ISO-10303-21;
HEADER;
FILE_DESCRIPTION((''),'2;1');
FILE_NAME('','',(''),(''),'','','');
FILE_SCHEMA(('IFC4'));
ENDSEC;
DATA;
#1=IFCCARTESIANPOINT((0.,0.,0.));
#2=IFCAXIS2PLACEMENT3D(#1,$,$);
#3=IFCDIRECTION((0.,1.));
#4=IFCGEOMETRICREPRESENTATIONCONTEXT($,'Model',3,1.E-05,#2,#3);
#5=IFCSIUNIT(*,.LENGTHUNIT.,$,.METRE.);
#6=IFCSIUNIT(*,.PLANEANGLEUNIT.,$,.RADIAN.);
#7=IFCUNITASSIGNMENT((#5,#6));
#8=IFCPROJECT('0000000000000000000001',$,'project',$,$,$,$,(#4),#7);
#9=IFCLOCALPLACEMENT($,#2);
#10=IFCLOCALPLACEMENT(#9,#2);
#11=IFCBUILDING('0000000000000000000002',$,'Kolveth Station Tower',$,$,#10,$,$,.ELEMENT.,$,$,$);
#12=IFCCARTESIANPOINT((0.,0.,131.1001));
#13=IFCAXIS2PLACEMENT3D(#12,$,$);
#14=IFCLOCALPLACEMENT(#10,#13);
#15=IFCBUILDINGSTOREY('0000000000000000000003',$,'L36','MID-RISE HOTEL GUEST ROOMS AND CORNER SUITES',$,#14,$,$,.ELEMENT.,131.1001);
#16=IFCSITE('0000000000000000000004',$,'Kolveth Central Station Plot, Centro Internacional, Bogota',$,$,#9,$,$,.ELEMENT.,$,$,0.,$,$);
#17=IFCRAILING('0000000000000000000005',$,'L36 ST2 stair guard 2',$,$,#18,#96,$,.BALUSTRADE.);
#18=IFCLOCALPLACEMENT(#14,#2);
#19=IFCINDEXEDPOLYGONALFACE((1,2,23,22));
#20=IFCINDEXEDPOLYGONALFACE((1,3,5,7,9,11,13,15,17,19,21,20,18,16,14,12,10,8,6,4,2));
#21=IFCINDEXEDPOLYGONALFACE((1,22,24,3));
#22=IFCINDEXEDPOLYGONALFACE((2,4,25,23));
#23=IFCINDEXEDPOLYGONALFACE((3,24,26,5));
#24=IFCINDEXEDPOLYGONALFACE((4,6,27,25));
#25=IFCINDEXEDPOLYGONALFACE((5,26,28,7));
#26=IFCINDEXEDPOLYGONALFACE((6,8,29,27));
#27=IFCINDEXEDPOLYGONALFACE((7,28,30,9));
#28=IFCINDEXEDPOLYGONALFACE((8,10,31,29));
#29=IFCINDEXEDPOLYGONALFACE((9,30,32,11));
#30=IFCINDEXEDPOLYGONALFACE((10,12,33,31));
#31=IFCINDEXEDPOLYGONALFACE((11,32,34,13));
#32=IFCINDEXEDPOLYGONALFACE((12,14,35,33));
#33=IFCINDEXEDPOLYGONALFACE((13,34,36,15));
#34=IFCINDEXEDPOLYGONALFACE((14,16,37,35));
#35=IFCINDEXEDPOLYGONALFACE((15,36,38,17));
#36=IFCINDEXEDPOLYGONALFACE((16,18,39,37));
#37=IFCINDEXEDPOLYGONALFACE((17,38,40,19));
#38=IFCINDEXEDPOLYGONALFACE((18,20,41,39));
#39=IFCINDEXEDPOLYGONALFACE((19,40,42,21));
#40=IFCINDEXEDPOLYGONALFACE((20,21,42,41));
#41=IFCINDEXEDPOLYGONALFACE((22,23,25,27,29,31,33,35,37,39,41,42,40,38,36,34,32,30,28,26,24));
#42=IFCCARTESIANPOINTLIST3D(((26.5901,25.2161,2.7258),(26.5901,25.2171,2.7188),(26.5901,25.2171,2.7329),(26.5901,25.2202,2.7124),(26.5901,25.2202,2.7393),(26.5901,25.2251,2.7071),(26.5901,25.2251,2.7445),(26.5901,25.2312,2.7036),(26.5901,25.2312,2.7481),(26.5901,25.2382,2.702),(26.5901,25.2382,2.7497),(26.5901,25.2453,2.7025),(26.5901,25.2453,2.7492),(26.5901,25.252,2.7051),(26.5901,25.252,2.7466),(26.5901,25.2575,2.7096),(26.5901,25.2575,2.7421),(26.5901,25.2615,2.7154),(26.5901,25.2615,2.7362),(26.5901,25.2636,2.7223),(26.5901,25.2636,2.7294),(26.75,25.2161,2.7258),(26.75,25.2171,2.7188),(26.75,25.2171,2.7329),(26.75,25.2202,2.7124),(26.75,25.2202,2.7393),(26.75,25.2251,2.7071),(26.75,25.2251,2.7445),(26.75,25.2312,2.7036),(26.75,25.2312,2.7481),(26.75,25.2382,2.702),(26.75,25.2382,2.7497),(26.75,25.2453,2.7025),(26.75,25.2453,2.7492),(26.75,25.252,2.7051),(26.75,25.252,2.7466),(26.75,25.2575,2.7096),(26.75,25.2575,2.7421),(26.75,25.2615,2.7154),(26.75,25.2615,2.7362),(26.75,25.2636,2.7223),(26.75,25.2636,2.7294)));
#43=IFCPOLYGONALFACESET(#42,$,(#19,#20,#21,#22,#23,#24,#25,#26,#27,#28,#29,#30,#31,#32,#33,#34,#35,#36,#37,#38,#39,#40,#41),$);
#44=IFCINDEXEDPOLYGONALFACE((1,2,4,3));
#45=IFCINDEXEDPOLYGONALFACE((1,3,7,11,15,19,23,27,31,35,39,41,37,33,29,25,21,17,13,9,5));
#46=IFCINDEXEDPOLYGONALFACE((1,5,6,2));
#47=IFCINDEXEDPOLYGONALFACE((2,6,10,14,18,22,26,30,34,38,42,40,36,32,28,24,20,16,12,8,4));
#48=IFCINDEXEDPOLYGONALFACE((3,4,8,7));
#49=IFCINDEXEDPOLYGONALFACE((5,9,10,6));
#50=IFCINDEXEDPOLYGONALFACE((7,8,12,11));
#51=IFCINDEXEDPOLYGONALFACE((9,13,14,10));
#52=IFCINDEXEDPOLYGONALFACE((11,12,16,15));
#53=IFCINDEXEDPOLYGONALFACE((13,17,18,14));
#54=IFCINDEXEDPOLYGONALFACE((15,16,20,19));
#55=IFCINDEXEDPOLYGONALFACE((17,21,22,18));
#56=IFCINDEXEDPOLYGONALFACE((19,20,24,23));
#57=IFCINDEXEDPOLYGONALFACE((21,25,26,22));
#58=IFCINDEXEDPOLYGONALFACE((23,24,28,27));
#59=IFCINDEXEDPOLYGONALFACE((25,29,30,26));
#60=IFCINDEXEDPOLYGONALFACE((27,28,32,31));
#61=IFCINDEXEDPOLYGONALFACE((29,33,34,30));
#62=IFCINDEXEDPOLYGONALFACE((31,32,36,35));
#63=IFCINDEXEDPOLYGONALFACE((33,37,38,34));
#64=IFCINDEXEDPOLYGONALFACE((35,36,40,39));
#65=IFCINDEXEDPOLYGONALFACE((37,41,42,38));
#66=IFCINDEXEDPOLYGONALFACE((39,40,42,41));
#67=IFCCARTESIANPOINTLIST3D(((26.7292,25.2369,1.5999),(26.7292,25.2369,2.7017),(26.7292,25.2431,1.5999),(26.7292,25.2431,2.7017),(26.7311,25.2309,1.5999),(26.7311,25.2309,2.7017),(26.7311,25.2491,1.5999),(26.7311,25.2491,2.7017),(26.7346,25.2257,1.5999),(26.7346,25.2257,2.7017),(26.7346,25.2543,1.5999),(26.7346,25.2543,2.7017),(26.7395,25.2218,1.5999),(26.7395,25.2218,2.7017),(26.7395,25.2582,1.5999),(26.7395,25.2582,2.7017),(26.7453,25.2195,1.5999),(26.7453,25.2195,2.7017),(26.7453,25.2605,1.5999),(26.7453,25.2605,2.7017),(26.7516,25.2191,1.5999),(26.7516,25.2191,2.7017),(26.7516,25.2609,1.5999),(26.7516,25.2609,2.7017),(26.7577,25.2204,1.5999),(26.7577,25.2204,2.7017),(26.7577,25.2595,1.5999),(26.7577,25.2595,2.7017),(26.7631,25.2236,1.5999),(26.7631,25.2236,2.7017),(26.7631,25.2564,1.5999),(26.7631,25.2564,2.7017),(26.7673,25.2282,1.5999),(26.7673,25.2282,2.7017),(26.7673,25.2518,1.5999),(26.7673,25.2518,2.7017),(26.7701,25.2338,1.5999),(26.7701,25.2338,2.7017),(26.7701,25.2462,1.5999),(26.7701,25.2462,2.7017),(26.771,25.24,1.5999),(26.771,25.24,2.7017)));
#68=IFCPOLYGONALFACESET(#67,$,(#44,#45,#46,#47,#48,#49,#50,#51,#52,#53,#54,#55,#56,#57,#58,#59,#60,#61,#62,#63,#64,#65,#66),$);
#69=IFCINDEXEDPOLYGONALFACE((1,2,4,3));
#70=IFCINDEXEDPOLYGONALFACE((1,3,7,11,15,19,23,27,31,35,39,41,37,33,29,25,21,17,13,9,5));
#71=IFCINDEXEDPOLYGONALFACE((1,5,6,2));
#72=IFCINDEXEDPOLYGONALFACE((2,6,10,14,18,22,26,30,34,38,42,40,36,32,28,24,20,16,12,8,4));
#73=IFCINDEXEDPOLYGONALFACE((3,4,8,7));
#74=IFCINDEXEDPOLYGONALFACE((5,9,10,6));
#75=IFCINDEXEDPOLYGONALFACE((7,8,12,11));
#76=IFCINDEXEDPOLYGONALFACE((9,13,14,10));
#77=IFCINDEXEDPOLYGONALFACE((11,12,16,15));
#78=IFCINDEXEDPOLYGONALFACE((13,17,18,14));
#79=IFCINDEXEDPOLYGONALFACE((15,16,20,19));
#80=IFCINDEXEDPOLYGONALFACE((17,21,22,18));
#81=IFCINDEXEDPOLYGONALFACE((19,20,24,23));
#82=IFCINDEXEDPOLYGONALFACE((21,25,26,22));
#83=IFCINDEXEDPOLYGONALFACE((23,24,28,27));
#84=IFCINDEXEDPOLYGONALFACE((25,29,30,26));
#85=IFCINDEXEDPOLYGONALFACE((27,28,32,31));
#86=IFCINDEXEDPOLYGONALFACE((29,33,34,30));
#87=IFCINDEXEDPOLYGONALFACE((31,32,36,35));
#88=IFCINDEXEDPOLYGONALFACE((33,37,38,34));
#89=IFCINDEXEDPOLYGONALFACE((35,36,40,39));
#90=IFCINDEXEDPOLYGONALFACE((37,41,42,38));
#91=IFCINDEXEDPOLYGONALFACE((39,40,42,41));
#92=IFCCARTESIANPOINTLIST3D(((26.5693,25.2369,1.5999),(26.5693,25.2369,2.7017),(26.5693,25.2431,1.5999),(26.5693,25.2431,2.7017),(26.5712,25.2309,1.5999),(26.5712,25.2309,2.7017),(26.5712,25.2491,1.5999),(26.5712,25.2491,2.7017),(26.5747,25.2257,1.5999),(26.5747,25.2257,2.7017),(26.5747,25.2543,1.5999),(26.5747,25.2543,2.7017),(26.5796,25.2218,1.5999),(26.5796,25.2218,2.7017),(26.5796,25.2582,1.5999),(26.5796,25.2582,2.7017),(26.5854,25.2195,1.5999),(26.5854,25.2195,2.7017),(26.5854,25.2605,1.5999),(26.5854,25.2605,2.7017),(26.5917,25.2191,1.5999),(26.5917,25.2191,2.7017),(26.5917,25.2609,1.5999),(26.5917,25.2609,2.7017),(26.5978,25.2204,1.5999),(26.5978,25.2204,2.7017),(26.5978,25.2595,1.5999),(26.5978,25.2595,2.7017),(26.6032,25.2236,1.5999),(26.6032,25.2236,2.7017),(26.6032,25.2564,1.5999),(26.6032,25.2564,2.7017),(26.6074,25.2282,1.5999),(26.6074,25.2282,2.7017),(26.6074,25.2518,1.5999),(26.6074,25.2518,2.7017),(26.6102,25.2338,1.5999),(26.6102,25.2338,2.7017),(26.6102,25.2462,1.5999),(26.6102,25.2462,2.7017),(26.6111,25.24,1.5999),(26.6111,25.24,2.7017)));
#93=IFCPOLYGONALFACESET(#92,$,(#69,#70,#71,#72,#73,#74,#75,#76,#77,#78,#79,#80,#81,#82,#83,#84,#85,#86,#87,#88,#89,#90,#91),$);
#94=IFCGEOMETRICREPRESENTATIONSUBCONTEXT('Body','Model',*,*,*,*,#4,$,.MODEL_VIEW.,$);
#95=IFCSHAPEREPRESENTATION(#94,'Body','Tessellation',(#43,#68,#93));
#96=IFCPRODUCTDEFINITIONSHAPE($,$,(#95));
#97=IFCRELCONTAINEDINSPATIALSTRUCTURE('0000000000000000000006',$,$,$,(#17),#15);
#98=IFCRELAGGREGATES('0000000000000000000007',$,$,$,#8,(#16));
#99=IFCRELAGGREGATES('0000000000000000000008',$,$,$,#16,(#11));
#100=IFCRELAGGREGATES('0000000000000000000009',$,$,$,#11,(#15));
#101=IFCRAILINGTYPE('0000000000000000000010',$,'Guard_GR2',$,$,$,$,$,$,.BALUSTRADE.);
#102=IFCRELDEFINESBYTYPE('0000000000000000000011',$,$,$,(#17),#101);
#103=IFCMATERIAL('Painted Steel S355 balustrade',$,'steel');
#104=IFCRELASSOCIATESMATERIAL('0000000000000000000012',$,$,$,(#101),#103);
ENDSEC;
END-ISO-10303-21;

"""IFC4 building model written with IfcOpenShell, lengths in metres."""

from ifc_helpers import new_model, si_unit, direction, frame, origin, origin_2d, place, context, subcontext, project, spatial, circle, extrude, material, type_object, element, save


model = new_model("IFC4")

# Units and contexts
model_context = context("Model", 3, precision=1e-05, world=origin(), true_north=direction((0.0, 1.0)))
body_context = subcontext(model_context, "Body", "Model", "MODEL_VIEW")
ifc_project = project(units=[si_unit("LENGTHUNIT", "METRE"), si_unit("PLANEANGLEUNIT", "RADIAN")], contexts=[model_context])

# Site, building, storey
site_placement = place(None, origin())
site = spatial("IfcSite", under=ifc_project, at=site_placement, Name="Kolveth Central Station Plot, Centro Internacional, Bogota", CompositionType="ELEMENT", RefElevation=0.0)
building_placement = place(site_placement, origin())
building = spatial("IfcBuilding", under=site, at=building_placement, Name="Kolveth Station Tower", CompositionType="ELEMENT")
storey_placement = place(building_placement, frame((0.0, 0.0, 131.1001)))
storey = spatial("IfcBuildingStorey", under=building, at=storey_placement, Name="L36", Description="MID-RISE HOTEL GUEST ROOMS AND CORNER SUITES", CompositionType="ELEMENT", Elevation=131.1001)

# Railing
ifc_material_1 = material(Name="Painted Steel S355 balustrade", Category="steel")
railing_type_1 = type_object("IfcRailingType", Name="Guard_GR2", PredefinedType="BALUSTRADE", material=ifc_material_1)
railing_1_placement = place(storey_placement, frame((26.75, 25.24, 1.5999)))
element("IfcRailing", 1, at=railing_1_placement, inside=storey, type_object=railing_type_1, Name="L36 ST2 stair guard 2", PredefinedType="BALUSTRADE", context=body_context, shape_type="SweptSolid", body=[
    extrude(circle(Radius=0.0239, at=origin_2d()), frame((0.0, 0.0, 1.126), z_axis=(-1.0, 0.0, 0.0), x_axis=(0.0, -1.0, 0.0)), (0.0, 0.0, 1.0), 0.1599),
    extrude(circle(Radius=0.021, at=origin_2d()), origin(), (0.0, 0.0, 1.0), 1.1018),
    extrude(circle(Radius=0.021, at=origin_2d()), frame((-0.1599, 0.0, 0.0)), (0.0, 0.0, 1.0), 1.1018),
])

save(model, "model.ifc")
